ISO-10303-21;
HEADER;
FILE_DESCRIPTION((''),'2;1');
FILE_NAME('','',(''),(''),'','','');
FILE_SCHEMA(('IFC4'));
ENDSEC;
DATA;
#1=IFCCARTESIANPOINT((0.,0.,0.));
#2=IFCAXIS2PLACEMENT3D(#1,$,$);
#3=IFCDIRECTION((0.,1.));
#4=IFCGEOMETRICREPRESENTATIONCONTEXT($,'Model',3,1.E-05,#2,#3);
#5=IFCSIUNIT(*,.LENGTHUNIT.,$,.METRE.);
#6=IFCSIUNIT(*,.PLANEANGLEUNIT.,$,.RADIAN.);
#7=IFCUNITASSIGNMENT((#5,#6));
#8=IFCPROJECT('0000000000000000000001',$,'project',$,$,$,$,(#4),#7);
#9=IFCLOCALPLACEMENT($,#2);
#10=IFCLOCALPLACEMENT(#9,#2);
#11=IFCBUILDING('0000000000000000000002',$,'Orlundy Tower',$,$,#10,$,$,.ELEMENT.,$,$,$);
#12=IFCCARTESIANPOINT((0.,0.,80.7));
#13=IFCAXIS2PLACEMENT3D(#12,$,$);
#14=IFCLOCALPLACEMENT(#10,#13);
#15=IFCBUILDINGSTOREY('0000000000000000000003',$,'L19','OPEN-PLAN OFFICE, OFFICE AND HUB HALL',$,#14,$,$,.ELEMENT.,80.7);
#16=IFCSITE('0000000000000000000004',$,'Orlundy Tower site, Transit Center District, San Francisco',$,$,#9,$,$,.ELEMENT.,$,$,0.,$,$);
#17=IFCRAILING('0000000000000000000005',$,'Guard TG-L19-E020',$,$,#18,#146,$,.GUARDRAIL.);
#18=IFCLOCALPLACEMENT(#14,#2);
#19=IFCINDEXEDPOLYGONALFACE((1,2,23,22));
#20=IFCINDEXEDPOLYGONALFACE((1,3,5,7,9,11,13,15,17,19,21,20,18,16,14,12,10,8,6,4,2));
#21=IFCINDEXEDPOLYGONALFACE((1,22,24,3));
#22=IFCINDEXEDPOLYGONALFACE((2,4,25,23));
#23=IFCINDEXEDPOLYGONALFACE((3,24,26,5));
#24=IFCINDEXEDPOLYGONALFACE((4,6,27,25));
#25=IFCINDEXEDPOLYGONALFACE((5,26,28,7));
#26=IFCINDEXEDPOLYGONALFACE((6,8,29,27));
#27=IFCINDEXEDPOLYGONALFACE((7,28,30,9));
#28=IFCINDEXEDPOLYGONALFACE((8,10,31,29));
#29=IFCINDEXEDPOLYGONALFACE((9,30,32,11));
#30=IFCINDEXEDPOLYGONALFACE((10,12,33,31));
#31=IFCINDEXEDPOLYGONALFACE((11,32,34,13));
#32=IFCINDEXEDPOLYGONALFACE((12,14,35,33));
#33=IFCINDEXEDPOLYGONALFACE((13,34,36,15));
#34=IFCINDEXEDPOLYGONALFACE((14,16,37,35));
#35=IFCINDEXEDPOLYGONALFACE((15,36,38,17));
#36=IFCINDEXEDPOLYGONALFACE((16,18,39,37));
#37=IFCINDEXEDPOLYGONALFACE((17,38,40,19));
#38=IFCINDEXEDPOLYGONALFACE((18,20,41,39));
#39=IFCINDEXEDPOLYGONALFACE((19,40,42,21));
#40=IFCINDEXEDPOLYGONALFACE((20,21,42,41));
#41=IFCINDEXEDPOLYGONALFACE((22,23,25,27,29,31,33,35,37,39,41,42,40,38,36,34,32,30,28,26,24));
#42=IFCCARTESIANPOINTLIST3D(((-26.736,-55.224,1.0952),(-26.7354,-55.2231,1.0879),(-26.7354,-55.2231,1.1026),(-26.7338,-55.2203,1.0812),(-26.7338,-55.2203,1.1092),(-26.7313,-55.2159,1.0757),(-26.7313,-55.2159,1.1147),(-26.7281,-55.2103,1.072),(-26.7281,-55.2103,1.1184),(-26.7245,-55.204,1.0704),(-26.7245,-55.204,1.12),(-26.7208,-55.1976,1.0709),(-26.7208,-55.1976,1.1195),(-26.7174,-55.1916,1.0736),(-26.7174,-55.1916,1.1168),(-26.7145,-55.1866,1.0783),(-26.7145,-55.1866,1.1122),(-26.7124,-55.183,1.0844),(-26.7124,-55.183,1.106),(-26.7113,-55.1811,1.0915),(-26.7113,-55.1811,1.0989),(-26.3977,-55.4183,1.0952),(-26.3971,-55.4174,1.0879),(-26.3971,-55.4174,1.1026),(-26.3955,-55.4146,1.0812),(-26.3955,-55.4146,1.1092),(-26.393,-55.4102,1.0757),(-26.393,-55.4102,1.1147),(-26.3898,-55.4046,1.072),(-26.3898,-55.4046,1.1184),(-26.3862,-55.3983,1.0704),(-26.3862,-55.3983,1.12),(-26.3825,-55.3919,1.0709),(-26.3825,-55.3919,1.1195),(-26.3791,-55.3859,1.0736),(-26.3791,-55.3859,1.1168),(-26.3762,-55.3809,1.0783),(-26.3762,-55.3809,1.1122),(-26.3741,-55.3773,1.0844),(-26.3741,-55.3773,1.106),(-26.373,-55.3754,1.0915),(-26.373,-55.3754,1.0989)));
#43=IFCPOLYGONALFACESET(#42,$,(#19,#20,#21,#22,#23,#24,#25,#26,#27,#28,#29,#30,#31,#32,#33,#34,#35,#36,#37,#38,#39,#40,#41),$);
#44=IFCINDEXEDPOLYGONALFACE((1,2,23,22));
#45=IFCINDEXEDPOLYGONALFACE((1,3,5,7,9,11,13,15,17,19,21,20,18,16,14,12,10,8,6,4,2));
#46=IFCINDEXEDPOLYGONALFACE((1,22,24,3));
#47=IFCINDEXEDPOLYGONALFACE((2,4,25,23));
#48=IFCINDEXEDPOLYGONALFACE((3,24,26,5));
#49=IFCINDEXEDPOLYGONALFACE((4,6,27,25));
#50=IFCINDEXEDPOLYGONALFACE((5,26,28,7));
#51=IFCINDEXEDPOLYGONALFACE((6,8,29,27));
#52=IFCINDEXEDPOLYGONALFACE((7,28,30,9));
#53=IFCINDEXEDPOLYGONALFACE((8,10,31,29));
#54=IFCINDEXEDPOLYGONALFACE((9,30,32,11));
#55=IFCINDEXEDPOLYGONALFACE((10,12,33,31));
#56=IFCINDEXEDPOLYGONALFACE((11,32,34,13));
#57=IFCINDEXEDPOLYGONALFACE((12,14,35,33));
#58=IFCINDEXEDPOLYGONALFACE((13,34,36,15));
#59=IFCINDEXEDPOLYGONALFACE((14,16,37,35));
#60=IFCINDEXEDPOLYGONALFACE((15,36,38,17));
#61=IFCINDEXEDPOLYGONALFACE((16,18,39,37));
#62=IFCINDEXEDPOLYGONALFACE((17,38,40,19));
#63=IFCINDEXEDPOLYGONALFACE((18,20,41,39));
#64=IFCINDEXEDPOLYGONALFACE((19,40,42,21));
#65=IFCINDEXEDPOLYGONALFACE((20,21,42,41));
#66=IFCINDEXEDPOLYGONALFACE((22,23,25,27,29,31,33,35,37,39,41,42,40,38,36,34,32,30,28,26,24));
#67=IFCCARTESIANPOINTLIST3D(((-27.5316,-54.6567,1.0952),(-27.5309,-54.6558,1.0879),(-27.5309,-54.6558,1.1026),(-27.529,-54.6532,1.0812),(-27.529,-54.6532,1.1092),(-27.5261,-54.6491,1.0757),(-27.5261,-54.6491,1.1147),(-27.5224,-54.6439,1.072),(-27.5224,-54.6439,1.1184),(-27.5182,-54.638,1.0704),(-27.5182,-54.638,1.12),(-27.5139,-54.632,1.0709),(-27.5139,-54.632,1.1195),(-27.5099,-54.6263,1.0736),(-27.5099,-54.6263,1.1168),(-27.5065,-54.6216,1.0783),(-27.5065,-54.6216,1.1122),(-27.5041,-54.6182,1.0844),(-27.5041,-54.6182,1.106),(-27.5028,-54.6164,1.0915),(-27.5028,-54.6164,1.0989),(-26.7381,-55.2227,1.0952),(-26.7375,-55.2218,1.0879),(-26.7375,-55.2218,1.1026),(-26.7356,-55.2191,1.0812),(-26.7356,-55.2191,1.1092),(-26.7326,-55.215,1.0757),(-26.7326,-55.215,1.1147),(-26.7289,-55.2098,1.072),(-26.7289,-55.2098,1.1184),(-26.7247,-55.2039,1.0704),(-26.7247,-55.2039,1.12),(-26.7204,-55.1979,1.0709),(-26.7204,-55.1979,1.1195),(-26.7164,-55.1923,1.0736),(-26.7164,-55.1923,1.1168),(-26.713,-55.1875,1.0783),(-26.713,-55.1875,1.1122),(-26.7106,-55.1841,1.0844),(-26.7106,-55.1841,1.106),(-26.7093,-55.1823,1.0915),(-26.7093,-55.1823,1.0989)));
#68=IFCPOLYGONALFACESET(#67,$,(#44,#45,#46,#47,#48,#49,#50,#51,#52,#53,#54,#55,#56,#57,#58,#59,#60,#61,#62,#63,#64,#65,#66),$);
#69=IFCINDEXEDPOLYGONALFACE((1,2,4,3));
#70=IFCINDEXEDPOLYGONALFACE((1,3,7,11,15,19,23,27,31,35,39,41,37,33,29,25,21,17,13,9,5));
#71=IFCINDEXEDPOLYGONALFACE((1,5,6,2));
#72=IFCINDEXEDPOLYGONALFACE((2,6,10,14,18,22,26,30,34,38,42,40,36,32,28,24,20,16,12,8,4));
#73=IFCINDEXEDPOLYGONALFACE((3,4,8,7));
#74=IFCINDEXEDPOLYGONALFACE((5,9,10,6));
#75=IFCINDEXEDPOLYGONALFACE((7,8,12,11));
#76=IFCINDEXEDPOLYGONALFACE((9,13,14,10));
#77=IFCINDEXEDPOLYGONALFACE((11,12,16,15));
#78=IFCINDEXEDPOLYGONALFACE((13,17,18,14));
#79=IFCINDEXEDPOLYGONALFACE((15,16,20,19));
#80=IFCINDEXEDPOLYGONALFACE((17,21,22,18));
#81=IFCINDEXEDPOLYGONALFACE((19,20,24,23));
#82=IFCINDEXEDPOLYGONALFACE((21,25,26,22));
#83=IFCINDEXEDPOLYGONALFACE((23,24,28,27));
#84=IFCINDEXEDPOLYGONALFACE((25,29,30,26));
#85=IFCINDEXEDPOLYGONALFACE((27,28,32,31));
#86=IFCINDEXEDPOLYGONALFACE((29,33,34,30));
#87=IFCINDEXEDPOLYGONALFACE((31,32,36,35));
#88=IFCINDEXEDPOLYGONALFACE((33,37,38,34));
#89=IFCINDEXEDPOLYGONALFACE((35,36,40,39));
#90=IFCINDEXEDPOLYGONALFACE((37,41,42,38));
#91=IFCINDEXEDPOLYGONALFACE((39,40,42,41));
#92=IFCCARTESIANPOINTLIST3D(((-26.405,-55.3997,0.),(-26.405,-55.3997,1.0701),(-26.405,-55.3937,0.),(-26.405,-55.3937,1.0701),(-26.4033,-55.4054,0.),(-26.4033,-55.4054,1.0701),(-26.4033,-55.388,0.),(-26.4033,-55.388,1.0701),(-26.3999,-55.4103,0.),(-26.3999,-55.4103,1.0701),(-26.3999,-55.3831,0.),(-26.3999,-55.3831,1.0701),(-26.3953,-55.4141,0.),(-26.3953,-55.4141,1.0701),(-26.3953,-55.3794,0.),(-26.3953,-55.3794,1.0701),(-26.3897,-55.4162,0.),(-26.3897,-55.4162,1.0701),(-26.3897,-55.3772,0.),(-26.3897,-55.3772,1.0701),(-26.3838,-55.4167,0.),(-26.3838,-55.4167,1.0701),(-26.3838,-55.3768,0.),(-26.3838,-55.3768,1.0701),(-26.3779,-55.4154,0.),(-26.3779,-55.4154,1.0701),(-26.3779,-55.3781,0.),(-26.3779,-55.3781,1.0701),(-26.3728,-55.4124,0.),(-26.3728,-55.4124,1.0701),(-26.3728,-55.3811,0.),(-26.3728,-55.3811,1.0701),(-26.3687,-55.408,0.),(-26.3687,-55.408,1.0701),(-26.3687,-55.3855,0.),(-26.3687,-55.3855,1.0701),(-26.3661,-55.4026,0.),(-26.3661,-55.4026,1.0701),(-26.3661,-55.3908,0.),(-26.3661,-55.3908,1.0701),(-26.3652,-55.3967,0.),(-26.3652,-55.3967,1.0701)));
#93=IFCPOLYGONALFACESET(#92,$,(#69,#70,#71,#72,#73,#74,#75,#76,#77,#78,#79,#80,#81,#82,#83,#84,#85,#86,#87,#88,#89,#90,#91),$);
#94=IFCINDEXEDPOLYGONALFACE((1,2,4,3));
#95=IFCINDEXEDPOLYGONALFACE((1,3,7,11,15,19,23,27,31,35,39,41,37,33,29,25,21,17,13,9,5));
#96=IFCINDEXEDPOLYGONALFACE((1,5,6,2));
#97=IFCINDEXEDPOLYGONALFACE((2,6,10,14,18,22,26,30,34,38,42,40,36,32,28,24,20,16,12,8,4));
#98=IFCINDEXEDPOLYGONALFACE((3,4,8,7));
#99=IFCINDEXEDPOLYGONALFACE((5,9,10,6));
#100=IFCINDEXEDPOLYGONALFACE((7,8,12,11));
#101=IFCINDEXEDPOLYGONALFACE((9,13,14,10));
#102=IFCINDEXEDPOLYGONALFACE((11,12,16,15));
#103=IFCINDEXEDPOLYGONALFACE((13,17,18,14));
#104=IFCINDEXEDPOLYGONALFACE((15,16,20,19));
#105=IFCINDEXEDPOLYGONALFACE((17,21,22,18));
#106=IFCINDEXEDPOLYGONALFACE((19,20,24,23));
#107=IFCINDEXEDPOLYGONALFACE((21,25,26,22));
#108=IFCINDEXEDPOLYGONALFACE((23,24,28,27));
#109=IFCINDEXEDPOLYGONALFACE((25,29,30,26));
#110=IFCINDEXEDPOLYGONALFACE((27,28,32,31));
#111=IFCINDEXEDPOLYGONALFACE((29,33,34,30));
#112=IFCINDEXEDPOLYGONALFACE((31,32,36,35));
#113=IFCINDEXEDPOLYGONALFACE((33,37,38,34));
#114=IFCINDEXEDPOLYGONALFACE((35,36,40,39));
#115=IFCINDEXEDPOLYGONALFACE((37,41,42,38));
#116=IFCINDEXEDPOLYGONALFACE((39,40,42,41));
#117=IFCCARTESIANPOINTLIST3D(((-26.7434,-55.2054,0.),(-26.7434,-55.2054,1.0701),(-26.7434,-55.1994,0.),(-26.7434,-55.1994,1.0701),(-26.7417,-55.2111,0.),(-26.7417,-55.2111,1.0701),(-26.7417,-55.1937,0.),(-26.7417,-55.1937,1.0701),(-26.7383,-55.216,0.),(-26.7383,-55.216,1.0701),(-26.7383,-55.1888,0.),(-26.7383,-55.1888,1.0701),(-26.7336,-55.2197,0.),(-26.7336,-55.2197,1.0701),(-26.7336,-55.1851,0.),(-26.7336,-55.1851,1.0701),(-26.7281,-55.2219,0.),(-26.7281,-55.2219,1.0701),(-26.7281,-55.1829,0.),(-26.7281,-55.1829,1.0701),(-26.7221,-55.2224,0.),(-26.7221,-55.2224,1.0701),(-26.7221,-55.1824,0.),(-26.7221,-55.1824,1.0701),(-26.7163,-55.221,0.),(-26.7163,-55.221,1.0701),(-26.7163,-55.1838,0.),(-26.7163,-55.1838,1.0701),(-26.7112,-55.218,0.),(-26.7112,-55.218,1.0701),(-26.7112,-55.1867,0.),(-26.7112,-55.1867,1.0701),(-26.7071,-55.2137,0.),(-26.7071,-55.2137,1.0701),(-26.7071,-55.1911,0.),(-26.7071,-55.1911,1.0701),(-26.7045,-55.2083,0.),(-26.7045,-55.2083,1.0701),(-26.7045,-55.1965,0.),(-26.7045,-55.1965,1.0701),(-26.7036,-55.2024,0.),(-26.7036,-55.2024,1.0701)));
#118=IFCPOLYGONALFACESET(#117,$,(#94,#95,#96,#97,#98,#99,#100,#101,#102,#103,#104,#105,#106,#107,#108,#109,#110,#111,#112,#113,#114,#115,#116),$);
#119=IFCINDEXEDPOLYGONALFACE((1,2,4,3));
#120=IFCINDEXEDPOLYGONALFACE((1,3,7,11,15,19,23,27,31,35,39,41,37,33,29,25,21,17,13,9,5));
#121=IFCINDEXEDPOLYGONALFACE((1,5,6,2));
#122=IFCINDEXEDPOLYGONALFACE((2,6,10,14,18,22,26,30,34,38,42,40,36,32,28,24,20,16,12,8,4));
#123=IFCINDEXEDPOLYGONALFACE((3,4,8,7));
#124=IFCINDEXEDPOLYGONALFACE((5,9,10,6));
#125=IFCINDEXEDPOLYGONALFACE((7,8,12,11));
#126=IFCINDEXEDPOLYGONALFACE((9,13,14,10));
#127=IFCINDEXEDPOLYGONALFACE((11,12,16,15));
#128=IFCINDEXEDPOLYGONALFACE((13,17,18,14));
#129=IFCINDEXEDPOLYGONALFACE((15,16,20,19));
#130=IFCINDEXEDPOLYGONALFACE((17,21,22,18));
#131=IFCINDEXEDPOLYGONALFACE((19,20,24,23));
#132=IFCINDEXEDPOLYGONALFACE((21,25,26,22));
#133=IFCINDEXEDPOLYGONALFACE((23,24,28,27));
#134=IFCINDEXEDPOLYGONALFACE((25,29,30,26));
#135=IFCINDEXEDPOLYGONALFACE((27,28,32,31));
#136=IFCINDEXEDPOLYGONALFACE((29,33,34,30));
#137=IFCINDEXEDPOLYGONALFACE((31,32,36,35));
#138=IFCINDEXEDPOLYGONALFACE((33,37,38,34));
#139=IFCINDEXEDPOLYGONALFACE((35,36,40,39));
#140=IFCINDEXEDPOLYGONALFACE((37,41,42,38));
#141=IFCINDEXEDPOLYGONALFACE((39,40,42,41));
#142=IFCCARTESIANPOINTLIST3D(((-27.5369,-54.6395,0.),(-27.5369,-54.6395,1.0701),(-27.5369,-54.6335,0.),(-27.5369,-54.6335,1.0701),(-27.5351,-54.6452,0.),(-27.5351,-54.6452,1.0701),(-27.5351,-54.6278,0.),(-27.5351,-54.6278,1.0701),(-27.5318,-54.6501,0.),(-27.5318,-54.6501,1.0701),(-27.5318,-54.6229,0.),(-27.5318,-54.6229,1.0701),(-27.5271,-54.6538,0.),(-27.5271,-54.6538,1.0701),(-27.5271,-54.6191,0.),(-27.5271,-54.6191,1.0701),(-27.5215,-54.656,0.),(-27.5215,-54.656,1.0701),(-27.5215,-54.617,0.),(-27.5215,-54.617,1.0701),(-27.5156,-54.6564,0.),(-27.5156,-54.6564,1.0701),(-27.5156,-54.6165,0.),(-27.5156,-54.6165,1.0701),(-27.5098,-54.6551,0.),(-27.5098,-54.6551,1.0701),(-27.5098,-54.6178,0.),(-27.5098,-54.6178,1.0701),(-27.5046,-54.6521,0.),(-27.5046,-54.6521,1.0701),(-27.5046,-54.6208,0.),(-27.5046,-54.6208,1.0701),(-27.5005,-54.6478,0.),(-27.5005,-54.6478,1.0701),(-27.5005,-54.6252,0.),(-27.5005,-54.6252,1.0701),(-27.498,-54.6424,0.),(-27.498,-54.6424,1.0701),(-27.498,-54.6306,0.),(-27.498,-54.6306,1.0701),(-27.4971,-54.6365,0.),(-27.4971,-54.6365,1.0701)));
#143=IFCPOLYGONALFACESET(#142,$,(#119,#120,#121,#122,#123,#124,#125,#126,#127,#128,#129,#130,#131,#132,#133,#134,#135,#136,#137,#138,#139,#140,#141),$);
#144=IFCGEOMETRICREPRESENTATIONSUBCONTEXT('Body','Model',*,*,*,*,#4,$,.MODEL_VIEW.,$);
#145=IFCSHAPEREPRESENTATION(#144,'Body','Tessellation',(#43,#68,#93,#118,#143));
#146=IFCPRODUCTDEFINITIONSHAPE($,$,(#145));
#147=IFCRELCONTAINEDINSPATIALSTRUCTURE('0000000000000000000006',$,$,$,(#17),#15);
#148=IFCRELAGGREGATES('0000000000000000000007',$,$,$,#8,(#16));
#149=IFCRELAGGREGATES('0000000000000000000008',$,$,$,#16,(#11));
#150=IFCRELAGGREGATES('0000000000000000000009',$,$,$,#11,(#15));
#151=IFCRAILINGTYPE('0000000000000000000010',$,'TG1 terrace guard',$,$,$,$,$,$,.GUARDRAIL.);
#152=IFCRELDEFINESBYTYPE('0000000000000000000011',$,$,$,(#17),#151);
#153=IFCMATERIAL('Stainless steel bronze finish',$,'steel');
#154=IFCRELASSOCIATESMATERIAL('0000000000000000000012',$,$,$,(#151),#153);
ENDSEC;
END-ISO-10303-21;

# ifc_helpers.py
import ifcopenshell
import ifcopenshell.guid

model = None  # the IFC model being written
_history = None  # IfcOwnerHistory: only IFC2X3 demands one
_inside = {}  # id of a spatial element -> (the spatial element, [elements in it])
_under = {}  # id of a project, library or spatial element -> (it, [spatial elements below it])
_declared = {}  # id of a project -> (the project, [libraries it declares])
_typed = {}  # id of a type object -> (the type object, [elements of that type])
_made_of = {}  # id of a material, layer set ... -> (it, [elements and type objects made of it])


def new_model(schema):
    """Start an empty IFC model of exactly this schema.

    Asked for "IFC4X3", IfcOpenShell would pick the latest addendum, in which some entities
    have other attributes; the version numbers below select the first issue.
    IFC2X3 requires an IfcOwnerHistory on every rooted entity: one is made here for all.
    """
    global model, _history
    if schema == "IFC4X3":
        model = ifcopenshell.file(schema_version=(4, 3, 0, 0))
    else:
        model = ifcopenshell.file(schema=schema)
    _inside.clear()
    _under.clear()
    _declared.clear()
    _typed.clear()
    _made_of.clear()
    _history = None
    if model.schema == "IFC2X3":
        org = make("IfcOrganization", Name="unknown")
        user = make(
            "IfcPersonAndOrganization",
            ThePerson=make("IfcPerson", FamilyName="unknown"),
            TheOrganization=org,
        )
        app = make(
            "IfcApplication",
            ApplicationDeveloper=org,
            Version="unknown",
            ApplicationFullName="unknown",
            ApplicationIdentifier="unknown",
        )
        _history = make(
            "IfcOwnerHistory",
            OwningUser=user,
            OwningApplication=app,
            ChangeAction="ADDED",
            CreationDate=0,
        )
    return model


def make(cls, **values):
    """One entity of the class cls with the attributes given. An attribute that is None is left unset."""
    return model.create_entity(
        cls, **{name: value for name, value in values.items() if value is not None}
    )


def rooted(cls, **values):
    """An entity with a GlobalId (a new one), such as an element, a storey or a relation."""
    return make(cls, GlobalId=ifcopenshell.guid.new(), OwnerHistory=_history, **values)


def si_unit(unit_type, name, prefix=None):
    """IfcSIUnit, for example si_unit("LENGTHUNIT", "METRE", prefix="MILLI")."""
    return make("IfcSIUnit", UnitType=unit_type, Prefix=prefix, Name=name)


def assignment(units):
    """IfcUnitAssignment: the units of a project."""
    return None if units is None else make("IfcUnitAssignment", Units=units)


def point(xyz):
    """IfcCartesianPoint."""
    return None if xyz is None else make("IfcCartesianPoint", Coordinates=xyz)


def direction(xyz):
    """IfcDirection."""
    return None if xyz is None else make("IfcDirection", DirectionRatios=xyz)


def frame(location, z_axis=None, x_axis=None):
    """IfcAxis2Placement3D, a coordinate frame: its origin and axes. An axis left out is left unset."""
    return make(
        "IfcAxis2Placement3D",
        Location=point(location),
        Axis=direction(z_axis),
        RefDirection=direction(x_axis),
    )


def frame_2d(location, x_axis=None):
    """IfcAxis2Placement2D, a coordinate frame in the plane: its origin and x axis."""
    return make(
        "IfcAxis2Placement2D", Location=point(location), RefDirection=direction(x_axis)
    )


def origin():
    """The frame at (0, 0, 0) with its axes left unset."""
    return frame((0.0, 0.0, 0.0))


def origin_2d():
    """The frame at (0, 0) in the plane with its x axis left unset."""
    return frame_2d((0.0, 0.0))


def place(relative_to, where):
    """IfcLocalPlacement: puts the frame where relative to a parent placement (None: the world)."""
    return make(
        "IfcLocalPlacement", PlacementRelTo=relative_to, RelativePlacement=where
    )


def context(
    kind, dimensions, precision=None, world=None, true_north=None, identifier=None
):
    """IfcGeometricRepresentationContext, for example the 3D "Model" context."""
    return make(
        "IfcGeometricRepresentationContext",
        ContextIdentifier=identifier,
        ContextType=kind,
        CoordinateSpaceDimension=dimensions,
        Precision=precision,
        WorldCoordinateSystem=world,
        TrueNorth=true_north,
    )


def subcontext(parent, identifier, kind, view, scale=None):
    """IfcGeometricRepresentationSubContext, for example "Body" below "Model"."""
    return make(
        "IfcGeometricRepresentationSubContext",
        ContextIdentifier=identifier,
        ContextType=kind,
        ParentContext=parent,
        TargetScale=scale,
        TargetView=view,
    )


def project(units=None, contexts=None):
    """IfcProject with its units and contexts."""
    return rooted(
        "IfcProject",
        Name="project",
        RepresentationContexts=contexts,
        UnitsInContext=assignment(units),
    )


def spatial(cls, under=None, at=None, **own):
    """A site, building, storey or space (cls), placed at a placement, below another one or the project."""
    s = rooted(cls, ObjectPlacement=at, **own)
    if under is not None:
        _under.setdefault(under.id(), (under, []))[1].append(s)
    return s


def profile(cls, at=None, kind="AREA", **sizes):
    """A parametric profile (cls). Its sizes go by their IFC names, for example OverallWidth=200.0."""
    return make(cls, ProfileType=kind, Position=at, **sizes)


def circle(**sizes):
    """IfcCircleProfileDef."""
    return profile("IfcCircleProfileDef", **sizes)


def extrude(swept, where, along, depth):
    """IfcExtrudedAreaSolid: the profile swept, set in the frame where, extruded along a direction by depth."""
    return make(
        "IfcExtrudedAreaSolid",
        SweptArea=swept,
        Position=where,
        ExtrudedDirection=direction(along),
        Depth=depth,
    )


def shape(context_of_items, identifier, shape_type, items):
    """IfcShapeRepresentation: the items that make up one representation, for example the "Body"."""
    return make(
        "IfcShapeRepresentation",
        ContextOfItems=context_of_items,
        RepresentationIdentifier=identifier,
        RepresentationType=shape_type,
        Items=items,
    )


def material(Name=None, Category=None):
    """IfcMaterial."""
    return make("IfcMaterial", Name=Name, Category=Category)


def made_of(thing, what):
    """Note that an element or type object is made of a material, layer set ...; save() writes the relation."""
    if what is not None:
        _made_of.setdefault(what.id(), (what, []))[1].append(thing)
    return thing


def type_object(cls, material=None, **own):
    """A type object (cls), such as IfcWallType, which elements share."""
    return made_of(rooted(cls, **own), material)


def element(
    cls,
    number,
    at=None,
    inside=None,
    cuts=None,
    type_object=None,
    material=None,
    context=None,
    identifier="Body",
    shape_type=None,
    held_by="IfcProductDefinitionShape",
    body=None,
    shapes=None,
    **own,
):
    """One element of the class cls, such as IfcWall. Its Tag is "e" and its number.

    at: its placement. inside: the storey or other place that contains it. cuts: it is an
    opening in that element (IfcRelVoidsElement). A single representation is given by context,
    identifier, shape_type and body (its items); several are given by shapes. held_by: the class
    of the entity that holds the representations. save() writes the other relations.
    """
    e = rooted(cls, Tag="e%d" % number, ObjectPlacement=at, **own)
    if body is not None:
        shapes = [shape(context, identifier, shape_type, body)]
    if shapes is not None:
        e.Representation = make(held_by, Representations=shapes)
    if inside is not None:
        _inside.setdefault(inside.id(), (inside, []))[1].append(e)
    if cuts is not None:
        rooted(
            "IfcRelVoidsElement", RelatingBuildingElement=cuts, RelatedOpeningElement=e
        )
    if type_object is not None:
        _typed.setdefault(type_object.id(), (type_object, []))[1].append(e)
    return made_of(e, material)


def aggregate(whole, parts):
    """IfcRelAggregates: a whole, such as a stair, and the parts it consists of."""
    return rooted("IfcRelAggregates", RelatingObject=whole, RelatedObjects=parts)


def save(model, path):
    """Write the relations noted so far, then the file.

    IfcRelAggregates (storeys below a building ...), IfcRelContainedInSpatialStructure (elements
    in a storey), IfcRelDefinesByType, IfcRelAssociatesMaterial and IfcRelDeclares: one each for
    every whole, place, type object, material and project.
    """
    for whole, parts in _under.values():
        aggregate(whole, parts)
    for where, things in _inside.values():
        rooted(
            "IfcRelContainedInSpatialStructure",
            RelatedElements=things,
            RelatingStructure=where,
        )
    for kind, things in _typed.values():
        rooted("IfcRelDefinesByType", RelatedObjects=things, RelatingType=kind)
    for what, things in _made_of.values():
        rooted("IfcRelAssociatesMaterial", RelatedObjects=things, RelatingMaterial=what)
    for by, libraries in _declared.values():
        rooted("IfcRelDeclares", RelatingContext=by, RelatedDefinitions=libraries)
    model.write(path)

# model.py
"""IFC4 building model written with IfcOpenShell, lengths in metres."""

from ifc_helpers import new_model, si_unit, direction, frame, origin, origin_2d, place, context, subcontext, project, spatial, circle, extrude, material, type_object, element, save


model = new_model("IFC4")

# Units and contexts
model_context = context("Model", 3, precision=1e-05, world=origin(), true_north=direction((0.0, 1.0)))
body_context = subcontext(model_context, "Body", "Model", "MODEL_VIEW")
ifc_project = project(units=[si_unit("LENGTHUNIT", "METRE"), si_unit("PLANEANGLEUNIT", "RADIAN")], contexts=[model_context])

# Site, building, storey
site_placement = place(None, origin())
site = spatial("IfcSite", under=ifc_project, at=site_placement, Name="Orlundy Tower site, Transit Center District, San Francisco", CompositionType="ELEMENT", RefElevation=0.0)
building_placement = place(site_placement, origin())
building = spatial("IfcBuilding", under=site, at=building_placement, Name="Orlundy Tower", CompositionType="ELEMENT")
storey_placement = place(building_placement, frame((0.0, 0.0, 80.7)))
storey = spatial("IfcBuildingStorey", under=building, at=storey_placement, Name="L19", Description="OPEN-PLAN OFFICE, OFFICE AND HUB HALL", CompositionType="ELEMENT", Elevation=80.7)

# Railing
ifc_material_1 = material(Name="Stainless steel bronze finish", Category="steel")
railing_type = type_object("IfcRailingType", Name="TG1 terrace guard", PredefinedType="GUARDRAIL", material=ifc_material_1)
railing_1_placement = place(storey_placement, frame((-26.3853, -55.3967, 0.0)))
element("IfcRailing", 1, at=railing_1_placement, inside=storey, type_object=railing_type, Name="Guard TG-L19-E020", PredefinedType="GUARDRAIL", context=body_context, shape_type="SweptSolid", body=[
    extrude(circle(Radius=0.0249, at=origin_2d()), frame((0.0, 0.0, 1.0952), z_axis=(-0.867163, 0.498024, 0.0), x_axis=(-0.498024, -0.867163, 0.0)), (0.0, 0.0, 1.0), 0.3901),
    extrude(circle(Radius=0.0249, at=origin_2d()), frame((-0.3384, 0.1943, 1.0952), z_axis=(-0.814139, 0.580669, 0.0), x_axis=(-0.580669, -0.814139, 0.0)), (0.0, 0.0, 1.0), 0.9746),
    extrude(circle(Radius=0.02, at=origin_2d()), origin(), (0.0, 0.0, 1.0), 1.0701),
    extrude(circle(Radius=0.02, at=origin_2d()), frame((-0.3384, 0.1943, 0.0)), (0.0, 0.0, 1.0), 1.0701),
    extrude(circle(Radius=0.02, at=origin_2d()), frame((-1.1318, 0.7603, 0.0)), (0.0, 0.0, 1.0), 1.0701),
])

save(model, "model.ifc")
